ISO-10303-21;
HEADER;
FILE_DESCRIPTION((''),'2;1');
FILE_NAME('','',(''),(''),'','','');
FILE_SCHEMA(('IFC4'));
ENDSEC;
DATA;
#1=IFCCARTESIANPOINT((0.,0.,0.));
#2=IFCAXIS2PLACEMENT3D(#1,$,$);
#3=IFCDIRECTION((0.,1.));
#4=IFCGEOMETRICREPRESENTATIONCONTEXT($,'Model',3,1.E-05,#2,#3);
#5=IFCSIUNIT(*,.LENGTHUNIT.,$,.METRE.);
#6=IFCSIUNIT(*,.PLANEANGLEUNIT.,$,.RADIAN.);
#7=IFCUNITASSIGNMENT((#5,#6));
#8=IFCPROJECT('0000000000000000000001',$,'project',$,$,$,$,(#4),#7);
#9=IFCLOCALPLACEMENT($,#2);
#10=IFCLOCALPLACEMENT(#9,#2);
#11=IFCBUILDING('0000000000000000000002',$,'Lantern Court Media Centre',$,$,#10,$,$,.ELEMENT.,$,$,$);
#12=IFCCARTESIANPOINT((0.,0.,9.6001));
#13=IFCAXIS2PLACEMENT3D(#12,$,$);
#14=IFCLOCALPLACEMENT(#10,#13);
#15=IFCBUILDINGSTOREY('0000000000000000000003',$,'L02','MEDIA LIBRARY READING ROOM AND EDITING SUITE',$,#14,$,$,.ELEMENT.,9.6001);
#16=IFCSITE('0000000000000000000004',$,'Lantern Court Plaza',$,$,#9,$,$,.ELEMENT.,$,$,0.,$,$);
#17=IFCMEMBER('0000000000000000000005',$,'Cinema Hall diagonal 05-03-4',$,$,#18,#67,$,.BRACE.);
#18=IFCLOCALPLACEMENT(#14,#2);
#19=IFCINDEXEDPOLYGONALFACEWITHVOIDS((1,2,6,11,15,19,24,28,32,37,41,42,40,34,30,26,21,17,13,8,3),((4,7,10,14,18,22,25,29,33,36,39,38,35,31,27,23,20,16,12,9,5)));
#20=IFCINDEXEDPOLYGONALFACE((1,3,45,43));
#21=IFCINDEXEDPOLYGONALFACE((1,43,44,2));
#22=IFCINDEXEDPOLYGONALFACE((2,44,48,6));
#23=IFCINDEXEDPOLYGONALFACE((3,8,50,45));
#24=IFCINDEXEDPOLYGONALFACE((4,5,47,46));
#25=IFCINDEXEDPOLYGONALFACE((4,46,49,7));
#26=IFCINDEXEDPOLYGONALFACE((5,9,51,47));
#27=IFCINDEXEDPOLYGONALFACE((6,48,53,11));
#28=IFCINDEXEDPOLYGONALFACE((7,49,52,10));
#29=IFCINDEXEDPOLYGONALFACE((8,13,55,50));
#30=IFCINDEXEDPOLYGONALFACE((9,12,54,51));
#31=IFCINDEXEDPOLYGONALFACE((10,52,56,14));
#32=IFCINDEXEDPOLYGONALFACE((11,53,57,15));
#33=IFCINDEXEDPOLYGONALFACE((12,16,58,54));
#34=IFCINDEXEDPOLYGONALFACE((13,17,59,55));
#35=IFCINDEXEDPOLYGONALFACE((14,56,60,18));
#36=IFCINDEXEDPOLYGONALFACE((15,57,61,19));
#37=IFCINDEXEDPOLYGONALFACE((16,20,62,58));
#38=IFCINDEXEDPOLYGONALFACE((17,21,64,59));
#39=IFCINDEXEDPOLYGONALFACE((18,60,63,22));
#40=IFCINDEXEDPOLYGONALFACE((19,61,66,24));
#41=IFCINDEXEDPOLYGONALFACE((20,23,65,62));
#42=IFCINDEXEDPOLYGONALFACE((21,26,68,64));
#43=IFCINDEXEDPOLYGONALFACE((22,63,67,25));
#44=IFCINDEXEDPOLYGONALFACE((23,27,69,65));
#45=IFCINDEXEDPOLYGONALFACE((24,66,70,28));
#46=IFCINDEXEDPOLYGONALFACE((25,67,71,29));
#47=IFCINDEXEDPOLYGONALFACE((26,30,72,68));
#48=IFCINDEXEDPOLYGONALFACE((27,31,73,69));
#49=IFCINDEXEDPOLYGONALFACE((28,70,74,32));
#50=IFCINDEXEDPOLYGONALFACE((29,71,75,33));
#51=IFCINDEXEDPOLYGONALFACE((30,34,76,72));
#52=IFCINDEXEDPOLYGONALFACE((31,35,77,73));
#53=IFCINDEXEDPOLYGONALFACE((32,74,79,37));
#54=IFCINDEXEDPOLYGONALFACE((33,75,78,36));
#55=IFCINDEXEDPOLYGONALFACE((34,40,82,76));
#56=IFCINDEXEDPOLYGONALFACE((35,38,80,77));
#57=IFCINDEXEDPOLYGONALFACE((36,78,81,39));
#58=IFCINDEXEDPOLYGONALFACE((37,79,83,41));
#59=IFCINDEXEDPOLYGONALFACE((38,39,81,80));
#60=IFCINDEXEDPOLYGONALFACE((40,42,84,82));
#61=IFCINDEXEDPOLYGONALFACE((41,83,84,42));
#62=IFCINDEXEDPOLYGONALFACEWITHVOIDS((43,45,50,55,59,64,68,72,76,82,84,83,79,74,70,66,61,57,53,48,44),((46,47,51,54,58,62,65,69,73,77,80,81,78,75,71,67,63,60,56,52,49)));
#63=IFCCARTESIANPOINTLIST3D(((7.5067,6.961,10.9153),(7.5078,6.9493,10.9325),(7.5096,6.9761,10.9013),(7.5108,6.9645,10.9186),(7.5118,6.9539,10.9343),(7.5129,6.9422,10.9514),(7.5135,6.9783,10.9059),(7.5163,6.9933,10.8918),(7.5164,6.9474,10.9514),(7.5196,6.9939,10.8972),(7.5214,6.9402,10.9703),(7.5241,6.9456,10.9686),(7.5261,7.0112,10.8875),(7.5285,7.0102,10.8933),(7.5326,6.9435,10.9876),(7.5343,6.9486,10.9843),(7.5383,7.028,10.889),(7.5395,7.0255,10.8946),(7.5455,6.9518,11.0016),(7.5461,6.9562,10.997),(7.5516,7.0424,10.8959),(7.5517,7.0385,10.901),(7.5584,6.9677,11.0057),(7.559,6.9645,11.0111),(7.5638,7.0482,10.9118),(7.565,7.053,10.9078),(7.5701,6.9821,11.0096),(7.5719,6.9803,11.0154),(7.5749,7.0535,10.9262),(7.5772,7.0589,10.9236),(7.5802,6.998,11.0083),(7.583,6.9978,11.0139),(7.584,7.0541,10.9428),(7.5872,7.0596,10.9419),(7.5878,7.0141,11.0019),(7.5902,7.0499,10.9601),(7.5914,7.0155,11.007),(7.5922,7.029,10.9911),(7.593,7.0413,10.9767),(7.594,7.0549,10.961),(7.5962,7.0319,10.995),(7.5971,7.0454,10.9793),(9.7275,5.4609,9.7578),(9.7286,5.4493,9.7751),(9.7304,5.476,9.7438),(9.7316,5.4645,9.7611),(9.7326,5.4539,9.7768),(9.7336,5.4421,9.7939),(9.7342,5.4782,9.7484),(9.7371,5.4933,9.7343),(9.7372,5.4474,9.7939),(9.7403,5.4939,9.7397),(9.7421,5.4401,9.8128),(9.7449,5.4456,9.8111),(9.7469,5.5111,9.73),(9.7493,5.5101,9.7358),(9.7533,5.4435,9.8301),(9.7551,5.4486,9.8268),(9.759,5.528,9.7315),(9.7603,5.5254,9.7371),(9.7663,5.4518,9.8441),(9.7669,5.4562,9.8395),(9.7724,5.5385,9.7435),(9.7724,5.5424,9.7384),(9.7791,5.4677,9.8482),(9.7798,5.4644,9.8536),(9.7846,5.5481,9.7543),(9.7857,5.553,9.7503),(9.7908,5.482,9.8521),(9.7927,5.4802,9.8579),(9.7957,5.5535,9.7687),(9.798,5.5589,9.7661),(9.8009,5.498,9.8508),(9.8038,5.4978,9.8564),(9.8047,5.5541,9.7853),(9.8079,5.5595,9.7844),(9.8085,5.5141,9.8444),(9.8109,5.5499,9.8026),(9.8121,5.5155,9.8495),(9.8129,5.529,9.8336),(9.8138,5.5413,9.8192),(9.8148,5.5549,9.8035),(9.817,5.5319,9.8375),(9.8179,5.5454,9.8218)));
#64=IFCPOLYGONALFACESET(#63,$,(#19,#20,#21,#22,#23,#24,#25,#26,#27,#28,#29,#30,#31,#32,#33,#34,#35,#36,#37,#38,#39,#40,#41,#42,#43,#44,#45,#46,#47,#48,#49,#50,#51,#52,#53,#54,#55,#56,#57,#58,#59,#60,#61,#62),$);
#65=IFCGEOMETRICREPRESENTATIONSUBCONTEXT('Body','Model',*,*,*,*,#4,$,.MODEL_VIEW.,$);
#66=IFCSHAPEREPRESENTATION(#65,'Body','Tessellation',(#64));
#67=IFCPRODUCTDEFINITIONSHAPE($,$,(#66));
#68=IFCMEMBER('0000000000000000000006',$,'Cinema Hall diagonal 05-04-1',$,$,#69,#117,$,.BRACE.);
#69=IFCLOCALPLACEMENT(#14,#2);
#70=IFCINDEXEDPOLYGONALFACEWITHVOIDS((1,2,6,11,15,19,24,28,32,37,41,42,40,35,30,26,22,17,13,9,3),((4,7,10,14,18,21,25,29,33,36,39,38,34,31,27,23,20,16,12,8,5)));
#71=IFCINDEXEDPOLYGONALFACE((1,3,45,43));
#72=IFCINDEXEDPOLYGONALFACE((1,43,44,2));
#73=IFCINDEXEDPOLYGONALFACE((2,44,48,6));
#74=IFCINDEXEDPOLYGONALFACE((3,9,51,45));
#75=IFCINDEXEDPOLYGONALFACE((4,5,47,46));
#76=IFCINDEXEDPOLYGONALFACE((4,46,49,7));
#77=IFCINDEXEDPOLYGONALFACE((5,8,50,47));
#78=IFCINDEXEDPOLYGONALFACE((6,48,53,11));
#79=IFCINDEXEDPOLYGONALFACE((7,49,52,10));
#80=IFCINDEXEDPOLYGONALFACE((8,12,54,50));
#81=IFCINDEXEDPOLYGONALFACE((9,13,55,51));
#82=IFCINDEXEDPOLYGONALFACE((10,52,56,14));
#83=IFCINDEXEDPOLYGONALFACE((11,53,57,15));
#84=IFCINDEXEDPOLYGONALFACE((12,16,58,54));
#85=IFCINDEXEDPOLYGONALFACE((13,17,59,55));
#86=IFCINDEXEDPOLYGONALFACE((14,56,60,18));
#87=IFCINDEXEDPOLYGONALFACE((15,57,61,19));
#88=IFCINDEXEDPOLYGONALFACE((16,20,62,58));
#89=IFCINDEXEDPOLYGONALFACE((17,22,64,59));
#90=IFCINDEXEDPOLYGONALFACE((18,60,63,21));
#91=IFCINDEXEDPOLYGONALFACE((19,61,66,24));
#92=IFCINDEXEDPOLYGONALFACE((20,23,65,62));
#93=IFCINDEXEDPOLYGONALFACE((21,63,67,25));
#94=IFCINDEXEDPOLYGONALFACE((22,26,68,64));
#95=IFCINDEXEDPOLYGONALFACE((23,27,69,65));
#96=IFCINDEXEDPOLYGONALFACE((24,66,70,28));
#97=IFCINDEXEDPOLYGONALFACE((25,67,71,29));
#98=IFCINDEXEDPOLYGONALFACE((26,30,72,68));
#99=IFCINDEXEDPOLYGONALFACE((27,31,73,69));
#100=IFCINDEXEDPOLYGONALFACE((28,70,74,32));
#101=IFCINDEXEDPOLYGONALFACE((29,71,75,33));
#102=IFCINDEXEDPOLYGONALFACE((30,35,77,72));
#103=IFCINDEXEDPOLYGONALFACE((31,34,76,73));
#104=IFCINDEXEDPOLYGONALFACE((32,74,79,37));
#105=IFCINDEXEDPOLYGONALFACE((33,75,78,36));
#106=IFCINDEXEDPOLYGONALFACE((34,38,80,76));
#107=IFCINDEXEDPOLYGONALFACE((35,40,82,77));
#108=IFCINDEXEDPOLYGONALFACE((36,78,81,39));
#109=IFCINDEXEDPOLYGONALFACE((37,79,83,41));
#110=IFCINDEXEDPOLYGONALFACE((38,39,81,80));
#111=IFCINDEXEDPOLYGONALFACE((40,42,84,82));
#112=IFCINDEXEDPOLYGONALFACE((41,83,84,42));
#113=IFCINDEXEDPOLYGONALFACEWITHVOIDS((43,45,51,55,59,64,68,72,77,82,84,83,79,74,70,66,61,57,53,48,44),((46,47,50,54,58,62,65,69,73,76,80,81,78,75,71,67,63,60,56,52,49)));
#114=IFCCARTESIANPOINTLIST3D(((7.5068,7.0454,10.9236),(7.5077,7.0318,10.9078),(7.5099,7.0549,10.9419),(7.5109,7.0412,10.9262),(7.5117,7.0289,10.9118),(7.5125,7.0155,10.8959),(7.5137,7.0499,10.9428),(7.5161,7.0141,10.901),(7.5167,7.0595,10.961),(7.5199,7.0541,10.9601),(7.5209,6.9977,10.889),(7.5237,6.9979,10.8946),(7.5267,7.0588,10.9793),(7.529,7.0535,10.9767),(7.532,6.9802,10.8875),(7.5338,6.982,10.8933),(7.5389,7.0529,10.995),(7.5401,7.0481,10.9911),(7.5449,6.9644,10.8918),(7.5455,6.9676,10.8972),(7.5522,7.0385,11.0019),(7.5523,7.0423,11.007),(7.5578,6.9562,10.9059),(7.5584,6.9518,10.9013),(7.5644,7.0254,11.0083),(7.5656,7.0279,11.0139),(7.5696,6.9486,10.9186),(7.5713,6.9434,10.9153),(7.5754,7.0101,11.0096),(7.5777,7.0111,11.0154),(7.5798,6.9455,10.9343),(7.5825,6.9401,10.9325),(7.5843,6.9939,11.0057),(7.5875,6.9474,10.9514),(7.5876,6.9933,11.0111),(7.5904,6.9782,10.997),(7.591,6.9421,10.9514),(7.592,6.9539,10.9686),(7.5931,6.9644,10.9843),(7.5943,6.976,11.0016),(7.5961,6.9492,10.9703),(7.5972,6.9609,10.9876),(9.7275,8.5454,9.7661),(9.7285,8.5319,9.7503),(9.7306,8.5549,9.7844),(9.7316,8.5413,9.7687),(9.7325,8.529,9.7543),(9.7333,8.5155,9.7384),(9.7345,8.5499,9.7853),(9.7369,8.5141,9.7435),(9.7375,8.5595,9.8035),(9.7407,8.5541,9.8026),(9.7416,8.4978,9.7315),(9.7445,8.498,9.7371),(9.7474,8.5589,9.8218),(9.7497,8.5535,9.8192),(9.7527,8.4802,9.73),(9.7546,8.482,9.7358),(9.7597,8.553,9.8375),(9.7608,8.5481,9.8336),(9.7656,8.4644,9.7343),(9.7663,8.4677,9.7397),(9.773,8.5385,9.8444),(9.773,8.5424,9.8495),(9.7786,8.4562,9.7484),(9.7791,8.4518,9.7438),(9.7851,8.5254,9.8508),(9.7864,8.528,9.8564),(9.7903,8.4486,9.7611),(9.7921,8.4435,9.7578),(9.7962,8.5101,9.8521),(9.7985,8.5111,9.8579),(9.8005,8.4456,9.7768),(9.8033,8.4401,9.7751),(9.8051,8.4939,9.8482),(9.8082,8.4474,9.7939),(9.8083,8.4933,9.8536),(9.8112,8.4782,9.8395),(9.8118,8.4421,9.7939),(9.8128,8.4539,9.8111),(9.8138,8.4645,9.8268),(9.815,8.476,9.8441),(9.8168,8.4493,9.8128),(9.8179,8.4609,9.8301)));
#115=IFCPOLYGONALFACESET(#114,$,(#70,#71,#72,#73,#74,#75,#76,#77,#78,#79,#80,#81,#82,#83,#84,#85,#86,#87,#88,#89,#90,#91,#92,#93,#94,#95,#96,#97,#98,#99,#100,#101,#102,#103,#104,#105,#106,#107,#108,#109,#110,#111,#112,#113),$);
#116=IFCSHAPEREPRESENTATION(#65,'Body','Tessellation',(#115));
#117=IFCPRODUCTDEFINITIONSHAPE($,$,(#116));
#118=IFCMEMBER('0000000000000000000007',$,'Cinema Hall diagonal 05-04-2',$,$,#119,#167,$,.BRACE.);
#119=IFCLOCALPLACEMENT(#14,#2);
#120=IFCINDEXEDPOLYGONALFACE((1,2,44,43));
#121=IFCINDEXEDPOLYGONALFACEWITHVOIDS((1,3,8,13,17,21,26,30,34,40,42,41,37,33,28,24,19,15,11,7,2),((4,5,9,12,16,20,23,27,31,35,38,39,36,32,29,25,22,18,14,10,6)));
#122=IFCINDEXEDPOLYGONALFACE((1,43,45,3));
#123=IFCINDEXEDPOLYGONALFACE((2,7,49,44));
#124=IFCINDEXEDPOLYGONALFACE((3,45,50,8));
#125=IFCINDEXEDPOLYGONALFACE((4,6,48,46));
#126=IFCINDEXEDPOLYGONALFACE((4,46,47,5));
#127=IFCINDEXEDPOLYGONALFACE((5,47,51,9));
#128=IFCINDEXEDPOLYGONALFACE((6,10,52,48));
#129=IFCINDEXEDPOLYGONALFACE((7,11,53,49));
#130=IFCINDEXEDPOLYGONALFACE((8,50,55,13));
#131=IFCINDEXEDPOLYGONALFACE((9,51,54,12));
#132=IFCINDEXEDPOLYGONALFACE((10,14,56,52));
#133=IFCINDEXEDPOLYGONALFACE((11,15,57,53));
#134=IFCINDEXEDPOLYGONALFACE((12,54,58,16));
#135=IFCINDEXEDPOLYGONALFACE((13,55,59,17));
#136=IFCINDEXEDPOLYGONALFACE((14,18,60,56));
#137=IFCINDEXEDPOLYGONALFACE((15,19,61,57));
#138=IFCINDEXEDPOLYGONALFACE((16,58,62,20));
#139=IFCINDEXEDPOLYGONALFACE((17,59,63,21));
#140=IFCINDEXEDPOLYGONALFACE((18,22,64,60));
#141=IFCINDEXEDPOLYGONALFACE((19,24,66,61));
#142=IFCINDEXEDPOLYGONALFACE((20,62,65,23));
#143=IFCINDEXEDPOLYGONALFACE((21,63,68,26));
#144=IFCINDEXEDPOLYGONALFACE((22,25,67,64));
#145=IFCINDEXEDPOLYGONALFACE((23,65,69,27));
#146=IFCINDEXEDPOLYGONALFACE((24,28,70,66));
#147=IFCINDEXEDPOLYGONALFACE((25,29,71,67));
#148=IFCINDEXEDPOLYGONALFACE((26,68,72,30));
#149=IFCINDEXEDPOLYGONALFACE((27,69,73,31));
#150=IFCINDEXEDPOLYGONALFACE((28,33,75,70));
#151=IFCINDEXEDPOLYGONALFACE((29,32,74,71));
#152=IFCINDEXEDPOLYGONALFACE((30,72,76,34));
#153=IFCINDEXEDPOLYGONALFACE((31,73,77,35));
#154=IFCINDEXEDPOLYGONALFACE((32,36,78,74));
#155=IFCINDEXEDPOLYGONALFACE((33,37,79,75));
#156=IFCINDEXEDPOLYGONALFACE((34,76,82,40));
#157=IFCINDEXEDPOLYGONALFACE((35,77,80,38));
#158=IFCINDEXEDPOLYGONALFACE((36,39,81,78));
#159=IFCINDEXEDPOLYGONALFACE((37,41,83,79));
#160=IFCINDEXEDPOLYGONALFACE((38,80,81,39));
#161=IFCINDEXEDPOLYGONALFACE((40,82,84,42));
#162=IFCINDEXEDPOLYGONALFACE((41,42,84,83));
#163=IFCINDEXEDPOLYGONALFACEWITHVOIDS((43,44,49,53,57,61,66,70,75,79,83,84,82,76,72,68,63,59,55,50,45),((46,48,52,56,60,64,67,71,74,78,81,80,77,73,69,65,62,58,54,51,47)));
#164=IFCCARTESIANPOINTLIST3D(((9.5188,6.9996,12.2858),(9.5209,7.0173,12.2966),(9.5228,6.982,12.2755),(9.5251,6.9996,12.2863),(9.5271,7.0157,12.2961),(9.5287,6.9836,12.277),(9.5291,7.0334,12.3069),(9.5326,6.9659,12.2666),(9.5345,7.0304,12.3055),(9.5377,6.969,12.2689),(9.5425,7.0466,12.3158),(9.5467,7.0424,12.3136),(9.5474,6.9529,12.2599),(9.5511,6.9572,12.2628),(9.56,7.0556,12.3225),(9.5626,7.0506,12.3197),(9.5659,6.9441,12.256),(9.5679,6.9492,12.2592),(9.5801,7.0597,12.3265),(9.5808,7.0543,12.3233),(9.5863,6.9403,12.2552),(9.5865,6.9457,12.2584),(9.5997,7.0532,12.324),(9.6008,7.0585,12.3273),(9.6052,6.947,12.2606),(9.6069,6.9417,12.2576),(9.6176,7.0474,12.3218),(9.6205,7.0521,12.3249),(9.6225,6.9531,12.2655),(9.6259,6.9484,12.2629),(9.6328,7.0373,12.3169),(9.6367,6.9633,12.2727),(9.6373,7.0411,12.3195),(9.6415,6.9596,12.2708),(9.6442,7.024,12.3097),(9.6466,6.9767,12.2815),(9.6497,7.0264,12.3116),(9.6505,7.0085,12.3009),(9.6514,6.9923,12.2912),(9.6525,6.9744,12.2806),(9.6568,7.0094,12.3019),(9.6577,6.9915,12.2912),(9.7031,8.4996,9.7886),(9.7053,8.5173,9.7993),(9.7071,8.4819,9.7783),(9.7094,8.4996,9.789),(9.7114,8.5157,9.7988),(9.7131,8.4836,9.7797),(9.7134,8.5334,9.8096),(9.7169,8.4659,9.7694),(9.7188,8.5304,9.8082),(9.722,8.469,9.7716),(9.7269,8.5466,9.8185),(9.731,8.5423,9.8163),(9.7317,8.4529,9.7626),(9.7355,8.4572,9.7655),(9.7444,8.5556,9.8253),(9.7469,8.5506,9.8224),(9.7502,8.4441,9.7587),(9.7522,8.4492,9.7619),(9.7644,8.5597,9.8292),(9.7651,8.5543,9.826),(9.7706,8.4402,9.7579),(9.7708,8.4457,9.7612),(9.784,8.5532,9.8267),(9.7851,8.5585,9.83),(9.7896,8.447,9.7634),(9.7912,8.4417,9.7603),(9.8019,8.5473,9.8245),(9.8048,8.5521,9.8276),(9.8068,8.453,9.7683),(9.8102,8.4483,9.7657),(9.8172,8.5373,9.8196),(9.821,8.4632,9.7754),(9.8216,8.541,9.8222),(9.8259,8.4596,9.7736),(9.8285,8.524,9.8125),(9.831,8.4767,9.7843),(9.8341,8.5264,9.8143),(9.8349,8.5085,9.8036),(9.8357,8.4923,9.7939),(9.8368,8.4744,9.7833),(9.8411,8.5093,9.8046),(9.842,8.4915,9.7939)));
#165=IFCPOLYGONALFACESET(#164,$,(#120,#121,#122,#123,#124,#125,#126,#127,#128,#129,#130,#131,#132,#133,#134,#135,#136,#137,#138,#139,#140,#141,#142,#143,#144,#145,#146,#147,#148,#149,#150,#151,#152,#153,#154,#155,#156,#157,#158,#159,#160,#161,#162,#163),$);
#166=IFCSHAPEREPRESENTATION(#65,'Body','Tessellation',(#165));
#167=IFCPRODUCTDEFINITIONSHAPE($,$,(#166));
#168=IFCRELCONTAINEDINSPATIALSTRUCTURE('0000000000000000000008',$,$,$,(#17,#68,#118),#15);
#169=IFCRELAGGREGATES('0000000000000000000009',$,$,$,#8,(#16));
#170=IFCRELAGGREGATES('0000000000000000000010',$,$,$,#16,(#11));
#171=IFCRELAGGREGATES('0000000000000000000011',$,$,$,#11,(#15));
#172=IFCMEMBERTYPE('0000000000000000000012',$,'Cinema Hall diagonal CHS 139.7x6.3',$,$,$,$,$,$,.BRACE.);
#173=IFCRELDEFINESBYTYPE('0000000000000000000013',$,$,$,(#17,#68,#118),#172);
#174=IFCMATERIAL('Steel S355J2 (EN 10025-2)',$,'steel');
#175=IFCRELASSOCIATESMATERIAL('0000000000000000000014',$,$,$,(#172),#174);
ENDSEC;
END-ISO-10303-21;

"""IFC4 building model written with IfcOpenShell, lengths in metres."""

from ifc_helpers import new_model, si_unit, direction, frame, origin, origin_2d, place, context, subcontext, project, spatial, hollow_circle, extrude, material, material_profile, profile_set, type_object, element, save


model = new_model("IFC4")

# Units and contexts
model_context = context("Model", 3, precision=1e-05, world=origin(), true_north=direction((0.0, 1.0)))
body_context = subcontext(model_context, "Body", "Model", "MODEL_VIEW")
ifc_project = project(units=[si_unit("LENGTHUNIT", "METRE"), si_unit("PLANEANGLEUNIT", "RADIAN")], contexts=[model_context])

# Site, building, storey
site_placement = place(None, origin())
site = spatial("IfcSite", under=ifc_project, at=site_placement, Name="Lantern Court Plaza", CompositionType="ELEMENT", RefElevation=0.0)
building_placement = place(site_placement, origin())
building = spatial("IfcBuilding", under=site, at=building_placement, Name="Lantern Court Media Centre", CompositionType="ELEMENT")
storey_placement = place(building_placement, frame((0.0, 0.0, 9.6001)))
storey = spatial("IfcBuildingStorey", under=building, at=storey_placement, Name="L02", Description="MEDIA LIBRARY READING ROOM AND EDITING SUITE", CompositionType="ELEMENT", Elevation=9.6001)

# Members
ifc_material = material(Name="Steel S355J2 (EN 10025-2)", Category="steel")
ifc_material_profile_1 = material_profile(ifc_material, hollow_circle(Radius=0.0698, WallThickness=0.0063, at=origin_2d()), Name="Cinema Hall diagonal CHS 139.7x6.3")
ifc_profile_set_1 = profile_set([ifc_material_profile_1], Name="Steel S355J2 (EN 10025-2)")
member_type_1 = type_object("IfcMemberType", Name="Cinema Hall diagonal CHS 139.7x6.3", PredefinedType="BRACE", material=ifc_profile_set_1)
for number, where, z_axis, x_axis, name in (
    (1, (9.7727, 5.5, 9.7939), (-0.760744, 0.513854, 0.396514), (-0.559736, -0.828671, 0.0), "Cinema Hall diagonal 05-03-4"),
    (2, (9.7727, 8.5, 9.7939), (-0.760744, -0.513854, 0.396514), (0.559736, -0.828671, 0.0), "Cinema Hall diagonal 05-04-1"),
):
    element("IfcMember", number, at=place(storey_placement, frame(where, z_axis=z_axis, x_axis=x_axis)), inside=storey, type_object=member_type_1, Name=name, PredefinedType="BRACE", context=body_context, shape_type="SweptSolid", body=[
        extrude(hollow_circle(Radius=0.0698, WallThickness=0.0063, at=origin_2d()), origin(), (0.0, 0.0, 1.0), 2.9192),
    ])
for number, where, z_axis, x_axis, name in (
    (3, (9.7727, 8.5, 9.7939), (-0.063147, -0.513875, 0.855538), (0.992534, -0.121967, 0.0), "Cinema Hall diagonal 05-04-2"),
):
    element("IfcMember", number, at=place(storey_placement, frame(where, z_axis=z_axis, x_axis=x_axis)), inside=storey, type_object=member_type_1, Name=name, PredefinedType="BRACE", context=body_context, shape_type="SweptSolid", body=[
        extrude(hollow_circle(Radius=0.0698, WallThickness=0.0063, at=origin_2d()), origin(), (0.0, 0.0, 1.0), 2.9189),
    ])

save(model, "model.ifc")
